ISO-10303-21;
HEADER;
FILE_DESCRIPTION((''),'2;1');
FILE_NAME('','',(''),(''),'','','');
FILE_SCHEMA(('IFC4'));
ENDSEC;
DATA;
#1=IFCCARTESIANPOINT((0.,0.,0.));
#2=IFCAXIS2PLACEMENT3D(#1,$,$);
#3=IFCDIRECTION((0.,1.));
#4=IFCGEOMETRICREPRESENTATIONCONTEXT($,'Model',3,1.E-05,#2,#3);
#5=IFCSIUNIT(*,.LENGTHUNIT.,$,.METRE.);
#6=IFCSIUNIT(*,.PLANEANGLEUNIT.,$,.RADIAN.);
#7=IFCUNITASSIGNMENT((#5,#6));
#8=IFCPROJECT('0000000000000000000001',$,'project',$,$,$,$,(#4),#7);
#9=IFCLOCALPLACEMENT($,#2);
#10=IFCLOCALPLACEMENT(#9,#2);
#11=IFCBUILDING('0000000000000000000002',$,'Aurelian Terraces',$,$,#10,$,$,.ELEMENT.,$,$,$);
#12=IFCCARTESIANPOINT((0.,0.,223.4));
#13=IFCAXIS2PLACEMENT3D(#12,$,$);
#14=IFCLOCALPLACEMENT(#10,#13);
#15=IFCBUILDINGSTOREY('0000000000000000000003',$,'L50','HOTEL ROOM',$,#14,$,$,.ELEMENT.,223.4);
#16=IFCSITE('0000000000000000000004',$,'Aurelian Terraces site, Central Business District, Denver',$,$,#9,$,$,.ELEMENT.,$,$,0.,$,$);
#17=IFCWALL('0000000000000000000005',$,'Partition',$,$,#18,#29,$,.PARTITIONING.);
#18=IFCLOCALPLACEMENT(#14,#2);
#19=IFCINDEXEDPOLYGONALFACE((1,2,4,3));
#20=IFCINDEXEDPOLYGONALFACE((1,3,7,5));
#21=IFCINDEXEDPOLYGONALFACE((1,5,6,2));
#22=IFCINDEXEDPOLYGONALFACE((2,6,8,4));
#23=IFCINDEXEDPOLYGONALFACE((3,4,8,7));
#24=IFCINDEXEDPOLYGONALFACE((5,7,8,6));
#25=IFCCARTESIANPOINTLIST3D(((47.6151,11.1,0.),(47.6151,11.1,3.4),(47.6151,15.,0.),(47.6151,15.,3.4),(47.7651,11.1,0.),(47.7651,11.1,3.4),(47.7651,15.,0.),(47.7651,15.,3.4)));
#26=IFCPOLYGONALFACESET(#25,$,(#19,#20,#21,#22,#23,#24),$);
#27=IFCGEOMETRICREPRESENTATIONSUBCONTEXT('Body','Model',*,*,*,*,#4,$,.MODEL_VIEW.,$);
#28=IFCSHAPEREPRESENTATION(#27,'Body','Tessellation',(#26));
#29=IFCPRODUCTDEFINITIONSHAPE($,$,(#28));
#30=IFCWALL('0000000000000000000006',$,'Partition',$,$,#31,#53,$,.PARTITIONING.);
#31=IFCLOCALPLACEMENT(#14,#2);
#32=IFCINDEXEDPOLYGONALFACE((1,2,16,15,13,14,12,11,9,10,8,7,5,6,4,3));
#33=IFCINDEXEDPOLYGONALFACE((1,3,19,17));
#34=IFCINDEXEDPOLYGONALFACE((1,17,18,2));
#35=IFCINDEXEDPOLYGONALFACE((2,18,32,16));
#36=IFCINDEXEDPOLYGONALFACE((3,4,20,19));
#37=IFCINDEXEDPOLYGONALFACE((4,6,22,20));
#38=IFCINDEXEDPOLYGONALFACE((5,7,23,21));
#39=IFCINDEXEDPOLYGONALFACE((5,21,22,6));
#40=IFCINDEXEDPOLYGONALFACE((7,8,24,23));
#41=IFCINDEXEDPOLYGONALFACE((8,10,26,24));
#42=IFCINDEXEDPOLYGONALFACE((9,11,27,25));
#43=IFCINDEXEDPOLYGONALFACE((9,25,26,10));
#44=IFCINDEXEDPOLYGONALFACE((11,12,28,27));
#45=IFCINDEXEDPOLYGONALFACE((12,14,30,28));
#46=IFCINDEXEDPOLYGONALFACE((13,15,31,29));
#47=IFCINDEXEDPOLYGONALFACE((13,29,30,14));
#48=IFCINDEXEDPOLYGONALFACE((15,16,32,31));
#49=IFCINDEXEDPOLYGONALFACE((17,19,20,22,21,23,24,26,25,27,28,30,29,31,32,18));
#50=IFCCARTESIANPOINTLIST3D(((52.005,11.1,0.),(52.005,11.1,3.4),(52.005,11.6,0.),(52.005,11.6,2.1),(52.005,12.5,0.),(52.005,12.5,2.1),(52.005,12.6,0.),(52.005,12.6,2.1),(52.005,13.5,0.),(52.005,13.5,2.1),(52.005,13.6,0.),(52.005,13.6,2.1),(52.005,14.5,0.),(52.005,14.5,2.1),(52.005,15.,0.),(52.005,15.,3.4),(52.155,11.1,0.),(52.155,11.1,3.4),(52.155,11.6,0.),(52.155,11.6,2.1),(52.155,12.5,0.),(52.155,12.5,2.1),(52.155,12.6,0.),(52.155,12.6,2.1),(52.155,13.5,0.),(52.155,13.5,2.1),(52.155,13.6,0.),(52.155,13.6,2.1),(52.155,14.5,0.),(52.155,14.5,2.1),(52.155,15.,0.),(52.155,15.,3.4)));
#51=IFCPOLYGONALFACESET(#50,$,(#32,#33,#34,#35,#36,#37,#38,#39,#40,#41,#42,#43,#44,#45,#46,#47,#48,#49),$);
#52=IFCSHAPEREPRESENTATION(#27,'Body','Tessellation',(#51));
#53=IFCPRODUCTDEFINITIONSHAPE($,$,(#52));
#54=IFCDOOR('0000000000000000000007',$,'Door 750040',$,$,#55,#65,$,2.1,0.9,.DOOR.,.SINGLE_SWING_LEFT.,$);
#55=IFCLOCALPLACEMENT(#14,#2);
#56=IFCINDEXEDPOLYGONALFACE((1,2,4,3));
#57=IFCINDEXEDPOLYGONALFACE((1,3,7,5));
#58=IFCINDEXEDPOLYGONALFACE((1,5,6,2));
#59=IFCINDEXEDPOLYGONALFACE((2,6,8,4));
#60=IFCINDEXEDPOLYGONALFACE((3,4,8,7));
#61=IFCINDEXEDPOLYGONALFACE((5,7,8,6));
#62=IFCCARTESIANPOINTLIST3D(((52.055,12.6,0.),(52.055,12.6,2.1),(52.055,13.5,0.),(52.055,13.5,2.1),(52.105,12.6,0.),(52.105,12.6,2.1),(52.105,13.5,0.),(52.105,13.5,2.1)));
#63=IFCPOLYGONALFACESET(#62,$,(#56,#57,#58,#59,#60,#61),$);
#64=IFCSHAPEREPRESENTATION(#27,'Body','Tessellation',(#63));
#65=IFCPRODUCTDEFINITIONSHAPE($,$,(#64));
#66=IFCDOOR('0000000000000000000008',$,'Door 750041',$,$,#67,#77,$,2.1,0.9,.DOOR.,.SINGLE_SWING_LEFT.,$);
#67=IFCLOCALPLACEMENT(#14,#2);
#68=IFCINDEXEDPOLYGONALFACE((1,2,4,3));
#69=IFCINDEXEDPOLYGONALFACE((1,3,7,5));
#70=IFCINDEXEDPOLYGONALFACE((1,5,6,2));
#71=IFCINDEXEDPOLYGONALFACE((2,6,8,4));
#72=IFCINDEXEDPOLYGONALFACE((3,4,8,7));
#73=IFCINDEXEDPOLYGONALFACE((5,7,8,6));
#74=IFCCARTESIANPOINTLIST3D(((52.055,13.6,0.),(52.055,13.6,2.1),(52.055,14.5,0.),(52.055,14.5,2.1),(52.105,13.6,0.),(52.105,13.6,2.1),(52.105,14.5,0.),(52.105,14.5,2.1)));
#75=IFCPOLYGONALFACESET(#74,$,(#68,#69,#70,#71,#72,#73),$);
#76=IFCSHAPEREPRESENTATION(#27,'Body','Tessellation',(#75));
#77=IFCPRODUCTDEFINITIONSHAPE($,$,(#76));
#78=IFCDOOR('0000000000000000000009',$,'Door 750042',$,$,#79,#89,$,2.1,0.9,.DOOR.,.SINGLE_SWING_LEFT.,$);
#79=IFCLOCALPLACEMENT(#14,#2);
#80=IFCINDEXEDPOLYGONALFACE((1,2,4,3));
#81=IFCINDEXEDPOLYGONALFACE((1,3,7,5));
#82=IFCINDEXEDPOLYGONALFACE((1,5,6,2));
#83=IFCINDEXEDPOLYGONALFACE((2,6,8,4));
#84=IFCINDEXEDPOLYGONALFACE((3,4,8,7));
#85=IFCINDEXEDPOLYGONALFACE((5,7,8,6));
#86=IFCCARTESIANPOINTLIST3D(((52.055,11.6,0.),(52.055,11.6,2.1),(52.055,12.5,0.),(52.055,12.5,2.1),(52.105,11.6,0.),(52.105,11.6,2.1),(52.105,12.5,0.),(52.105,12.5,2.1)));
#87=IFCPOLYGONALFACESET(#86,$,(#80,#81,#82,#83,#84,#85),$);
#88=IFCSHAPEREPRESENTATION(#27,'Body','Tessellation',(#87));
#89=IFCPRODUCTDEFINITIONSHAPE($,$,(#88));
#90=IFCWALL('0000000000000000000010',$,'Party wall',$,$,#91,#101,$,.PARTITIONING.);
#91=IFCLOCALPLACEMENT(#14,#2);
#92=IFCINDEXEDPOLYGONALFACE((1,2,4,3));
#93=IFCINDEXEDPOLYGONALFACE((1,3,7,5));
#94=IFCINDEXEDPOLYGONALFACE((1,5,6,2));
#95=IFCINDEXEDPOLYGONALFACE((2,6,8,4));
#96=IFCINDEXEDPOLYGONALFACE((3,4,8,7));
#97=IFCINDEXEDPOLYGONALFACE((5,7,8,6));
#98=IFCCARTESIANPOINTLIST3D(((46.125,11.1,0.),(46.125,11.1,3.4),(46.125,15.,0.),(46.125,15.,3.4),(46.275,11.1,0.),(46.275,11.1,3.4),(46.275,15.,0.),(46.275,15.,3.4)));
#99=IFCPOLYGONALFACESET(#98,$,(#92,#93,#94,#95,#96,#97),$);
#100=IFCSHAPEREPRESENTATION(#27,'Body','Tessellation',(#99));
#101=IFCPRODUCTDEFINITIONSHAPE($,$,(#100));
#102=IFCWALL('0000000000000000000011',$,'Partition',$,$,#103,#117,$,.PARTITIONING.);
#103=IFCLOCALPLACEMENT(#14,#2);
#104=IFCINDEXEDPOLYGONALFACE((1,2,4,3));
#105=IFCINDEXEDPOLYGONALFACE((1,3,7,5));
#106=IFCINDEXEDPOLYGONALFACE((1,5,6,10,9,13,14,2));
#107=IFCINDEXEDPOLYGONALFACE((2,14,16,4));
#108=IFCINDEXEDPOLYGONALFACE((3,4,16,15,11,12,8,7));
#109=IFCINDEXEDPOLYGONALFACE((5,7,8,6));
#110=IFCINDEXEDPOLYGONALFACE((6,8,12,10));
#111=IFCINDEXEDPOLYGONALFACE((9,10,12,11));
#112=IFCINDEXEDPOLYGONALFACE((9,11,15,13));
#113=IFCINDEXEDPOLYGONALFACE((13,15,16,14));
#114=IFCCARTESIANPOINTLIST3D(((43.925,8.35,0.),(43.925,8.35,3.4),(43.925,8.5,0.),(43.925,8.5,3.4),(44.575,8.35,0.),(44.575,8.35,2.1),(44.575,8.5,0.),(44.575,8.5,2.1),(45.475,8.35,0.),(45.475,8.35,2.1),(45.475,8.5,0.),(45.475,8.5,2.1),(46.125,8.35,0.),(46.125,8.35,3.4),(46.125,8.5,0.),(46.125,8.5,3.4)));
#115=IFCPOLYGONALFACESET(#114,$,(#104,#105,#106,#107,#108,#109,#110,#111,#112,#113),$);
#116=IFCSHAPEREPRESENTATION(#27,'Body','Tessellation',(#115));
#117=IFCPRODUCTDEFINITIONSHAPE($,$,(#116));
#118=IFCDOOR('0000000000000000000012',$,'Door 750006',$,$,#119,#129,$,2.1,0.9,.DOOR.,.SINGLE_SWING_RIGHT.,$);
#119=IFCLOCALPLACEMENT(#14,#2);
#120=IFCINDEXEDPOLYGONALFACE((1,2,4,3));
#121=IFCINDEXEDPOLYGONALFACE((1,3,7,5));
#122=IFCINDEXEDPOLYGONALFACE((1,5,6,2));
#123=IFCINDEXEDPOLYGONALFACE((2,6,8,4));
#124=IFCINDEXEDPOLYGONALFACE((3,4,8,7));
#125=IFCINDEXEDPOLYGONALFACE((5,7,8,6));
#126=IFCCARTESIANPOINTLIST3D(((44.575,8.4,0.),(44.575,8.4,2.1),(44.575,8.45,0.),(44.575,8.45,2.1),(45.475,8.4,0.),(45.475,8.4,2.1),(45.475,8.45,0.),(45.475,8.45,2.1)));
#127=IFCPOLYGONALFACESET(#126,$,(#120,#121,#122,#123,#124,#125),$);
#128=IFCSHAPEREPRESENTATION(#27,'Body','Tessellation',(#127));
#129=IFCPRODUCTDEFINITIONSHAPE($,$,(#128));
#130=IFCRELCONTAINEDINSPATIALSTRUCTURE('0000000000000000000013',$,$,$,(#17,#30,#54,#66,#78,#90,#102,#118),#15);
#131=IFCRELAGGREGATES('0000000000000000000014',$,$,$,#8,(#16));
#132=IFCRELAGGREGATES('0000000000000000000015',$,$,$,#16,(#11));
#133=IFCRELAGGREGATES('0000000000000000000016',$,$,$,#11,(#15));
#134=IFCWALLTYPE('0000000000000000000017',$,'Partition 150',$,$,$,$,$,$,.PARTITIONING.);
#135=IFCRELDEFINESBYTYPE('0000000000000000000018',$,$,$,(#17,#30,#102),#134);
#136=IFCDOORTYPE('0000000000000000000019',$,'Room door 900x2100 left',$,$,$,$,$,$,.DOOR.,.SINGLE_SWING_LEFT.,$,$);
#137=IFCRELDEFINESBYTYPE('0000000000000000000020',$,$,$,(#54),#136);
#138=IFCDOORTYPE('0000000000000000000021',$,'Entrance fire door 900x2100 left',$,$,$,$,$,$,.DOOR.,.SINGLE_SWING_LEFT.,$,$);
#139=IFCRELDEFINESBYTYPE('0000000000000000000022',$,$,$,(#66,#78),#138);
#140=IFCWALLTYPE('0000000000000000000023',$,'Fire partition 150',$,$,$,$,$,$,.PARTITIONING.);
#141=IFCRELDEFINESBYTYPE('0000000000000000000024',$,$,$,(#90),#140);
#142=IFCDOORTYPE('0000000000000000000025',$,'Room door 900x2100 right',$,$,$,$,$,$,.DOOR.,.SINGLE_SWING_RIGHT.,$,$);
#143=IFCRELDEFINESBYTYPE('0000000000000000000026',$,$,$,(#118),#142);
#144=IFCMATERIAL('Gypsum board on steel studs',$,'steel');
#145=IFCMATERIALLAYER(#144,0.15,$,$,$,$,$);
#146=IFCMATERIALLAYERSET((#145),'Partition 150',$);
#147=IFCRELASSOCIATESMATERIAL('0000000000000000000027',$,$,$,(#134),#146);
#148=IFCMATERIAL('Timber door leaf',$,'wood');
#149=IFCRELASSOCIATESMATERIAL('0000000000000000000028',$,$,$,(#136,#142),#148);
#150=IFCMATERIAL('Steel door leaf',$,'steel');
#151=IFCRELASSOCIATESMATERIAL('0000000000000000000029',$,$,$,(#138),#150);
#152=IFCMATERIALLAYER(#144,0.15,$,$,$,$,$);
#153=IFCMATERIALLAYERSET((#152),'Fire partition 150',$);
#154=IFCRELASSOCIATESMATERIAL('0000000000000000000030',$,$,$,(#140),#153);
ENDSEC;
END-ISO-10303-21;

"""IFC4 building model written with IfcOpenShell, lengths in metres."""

from ifc_helpers import new_model, si_unit, direction, frame, frame_2d, origin, place, context, subcontext, project, spatial, rectangle, extrude, source, transform, mapped, material, layer, layer_set, type_object, element, fill, save


model = new_model("IFC4")

# Units and contexts
model_context = context("Model", 3, precision=1e-05, world=origin(), true_north=direction((0.0, 1.0)))
body_context = subcontext(model_context, "Body", "Model", "MODEL_VIEW")
ifc_project = project(units=[si_unit("LENGTHUNIT", "METRE"), si_unit("PLANEANGLEUNIT", "RADIAN")], contexts=[model_context])

# Site, building, storey
site_placement = place(None, origin())
site = spatial("IfcSite", under=ifc_project, at=site_placement, Name="Aurelian Terraces site, Central Business District, Denver", CompositionType="ELEMENT", RefElevation=0.0)
building_placement = place(site_placement, origin())
building = spatial("IfcBuilding", under=site, at=building_placement, Name="Aurelian Terraces", CompositionType="ELEMENT")
storey_placement = place(building_placement, frame((0.0, 0.0, 223.4)))
storey = spatial("IfcBuildingStorey", under=building, at=storey_placement, Name="L50", Description="HOTEL ROOM", CompositionType="ELEMENT", Elevation=223.4)

# Wall
ifc_material_1 = material(Name="Gypsum board on steel studs", Category="steel")
ifc_layer_1 = layer(ifc_material_1, 0.15)
ifc_layer_set_1 = layer_set([ifc_layer_1], Name="Partition 150")
wall_type_1 = type_object("IfcWallType", Name="Partition 150", PredefinedType="PARTITIONING", material=ifc_layer_set_1)
shared_shape_1 = source(origin(), body_context, "Body", "SweptSolid", [
    extrude(rectangle(XDim=3.9, YDim=0.15, at=frame_2d((1.95, 0.0))), origin(), (0.0, 0.0, 1.0), 3.4),
])
wall_1_placement = place(storey_placement, frame((47.6901, 11.1, 0.0), z_axis=(0.0, 0.0, 1.0), x_axis=(0.0, 1.0, 0.0)))
element("IfcWall", 1, at=wall_1_placement, inside=storey, type_object=wall_type_1, Name="Partition", PredefinedType="PARTITIONING", context=body_context, shape_type="MappedRepresentation", body=[
    mapped(shared_shape_1, transform((0.0, 0.0, 0.0), scale=1.0)),
])

# Wall, openings, doors
wall_2_placement = place(storey_placement, frame((52.08, 11.1, 0.0), z_axis=(0.0, 0.0, 1.0), x_axis=(0.0, 1.0, 0.0)))
wall_2 = element("IfcWall", 2, at=wall_2_placement, inside=storey, type_object=wall_type_1, Name="Partition", PredefinedType="PARTITIONING", context=body_context, shape_type="MappedRepresentation", body=[
    mapped(shared_shape_1, transform((0.0, 0.0, 0.0), scale=1.0)),
])
shared_shape_2 = source(origin(), body_context, "Body", "SweptSolid", [
    extrude(rectangle(XDim=0.9, YDim=2.1, at=frame_2d((0.45, 1.05))), frame((0.0, 0.085, 0.0), z_axis=(0.0, -1.0, 0.0), x_axis=(1.0, 0.0, 0.0)), (0.0, 0.0, 1.0), 0.17),
])
opening_1_placement = place(wall_2_placement, frame((1.5, 0.0, 0.0)))
opening_1 = element("IfcOpeningElement", 3, at=opening_1_placement, cuts=wall_2, PredefinedType="OPENING", context=body_context, shape_type="MappedRepresentation", body=[
    mapped(shared_shape_2, transform((0.0, 0.0, 0.0), scale=1.0)),
])
opening_2_placement = place(wall_2_placement, frame((2.5, 0.0, 0.0)))
opening_2 = element("IfcOpeningElement", 4, at=opening_2_placement, cuts=wall_2, PredefinedType="OPENING", context=body_context, shape_type="MappedRepresentation", body=[
    mapped(shared_shape_2, transform((0.0, 0.0, 0.0), scale=1.0)),
])
opening_3_placement = place(wall_2_placement, frame((0.5, 0.0, 0.0)))
opening_3 = element("IfcOpeningElement", 5, at=opening_3_placement, cuts=wall_2, PredefinedType="OPENING", context=body_context, shape_type="MappedRepresentation", body=[
    mapped(shared_shape_2, transform((0.0, 0.0, 0.0), scale=1.0)),
])
ifc_material_2 = material(Name="Timber door leaf", Category="wood")
door_type_1 = type_object("IfcDoorType", Name="Room door 900x2100 left", OperationType="SINGLE_SWING_LEFT", PredefinedType="DOOR", material=ifc_material_2)
shared_shape_3 = source(origin(), body_context, "Body", "SweptSolid", [
    extrude(rectangle(XDim=0.9, YDim=2.1, at=frame_2d((0.45, 1.05))), frame((0.0, 0.025, 0.0), z_axis=(0.0, -1.0, 0.0), x_axis=(1.0, 0.0, 0.0)), (0.0, 0.0, 1.0), 0.05),
])
door_1_placement = place(opening_1_placement, origin())
door_1 = element("IfcDoor", 6, at=door_1_placement, inside=storey, type_object=door_type_1, Name="Door 750040", OperationType="SINGLE_SWING_LEFT", OverallHeight=2.1, OverallWidth=0.9, PredefinedType="DOOR", context=body_context, shape_type="MappedRepresentation", body=[
    mapped(shared_shape_3, transform((0.0, 0.0, 0.0), scale=1.0)),
])
fill(opening_1, door_1)
ifc_material_3 = material(Name="Steel door leaf", Category="steel")
door_type_2 = type_object("IfcDoorType", Name="Entrance fire door 900x2100 left", OperationType="SINGLE_SWING_LEFT", PredefinedType="DOOR", material=ifc_material_3)
door_2_placement = place(opening_2_placement, origin())
door_2 = element("IfcDoor", 7, at=door_2_placement, inside=storey, type_object=door_type_2, Name="Door 750041", OperationType="SINGLE_SWING_LEFT", OverallHeight=2.1, OverallWidth=0.9, PredefinedType="DOOR", context=body_context, shape_type="MappedRepresentation", body=[
    mapped(shared_shape_3, transform((0.0, 0.0, 0.0), scale=1.0)),
])
fill(opening_2, door_2)
door_3_placement = place(opening_3_placement, origin())
door_3 = element("IfcDoor", 8, at=door_3_placement, inside=storey, type_object=door_type_2, Name="Door 750042", OperationType="SINGLE_SWING_LEFT", OverallHeight=2.1, OverallWidth=0.9, PredefinedType="DOOR", context=body_context, shape_type="MappedRepresentation", body=[
    mapped(shared_shape_3, transform((0.0, 0.0, 0.0), scale=1.0)),
])
fill(opening_3, door_3)

# Wall
ifc_layer_2 = layer(ifc_material_1, 0.15)
ifc_layer_set_2 = layer_set([ifc_layer_2], Name="Fire partition 150")
wall_type_2 = type_object("IfcWallType", Name="Fire partition 150", PredefinedType="PARTITIONING", material=ifc_layer_set_2)
wall_3_placement = place(storey_placement, frame((46.2, 11.1, 0.0), z_axis=(0.0, 0.0, 1.0), x_axis=(0.0, 1.0, 0.0)))
element("IfcWall", 9, at=wall_3_placement, inside=storey, type_object=wall_type_2, Name="Party wall", PredefinedType="PARTITIONING", context=body_context, shape_type="MappedRepresentation", body=[
    mapped(shared_shape_1, transform((0.0, 0.0, 0.0), scale=1.0)),
])

# Wall, opening, door
shared_shape_4 = source(origin(), body_context, "Body", "SweptSolid", [
    extrude(rectangle(XDim=2.2, YDim=0.15, at=frame_2d((1.1, 0.0))), origin(), (0.0, 0.0, 1.0), 3.4),
])
wall_4_placement = place(storey_placement, frame((46.125, 8.425, 0.0), z_axis=(0.0, 0.0, 1.0), x_axis=(-1.0, 0.0, 0.0)))
wall_4 = element("IfcWall", 10, at=wall_4_placement, inside=storey, type_object=wall_type_1, Name="Partition", PredefinedType="PARTITIONING", context=body_context, shape_type="MappedRepresentation", body=[
    mapped(shared_shape_4, transform((0.0, 0.0, 0.0), scale=1.0)),
])
opening_4_placement = place(wall_4_placement, frame((0.65, 0.0, 0.0)))
opening_4 = element("IfcOpeningElement", 11, at=opening_4_placement, cuts=wall_4, PredefinedType="OPENING", context=body_context, shape_type="MappedRepresentation", body=[
    mapped(shared_shape_2, transform((0.0, 0.0, 0.0), scale=1.0)),
])
door_type_3 = type_object("IfcDoorType", Name="Room door 900x2100 right", OperationType="SINGLE_SWING_RIGHT", PredefinedType="DOOR", material=ifc_material_2)
door_4_placement = place(opening_4_placement, origin())
door_4 = element("IfcDoor", 12, at=door_4_placement, inside=storey, type_object=door_type_3, Name="Door 750006", OperationType="SINGLE_SWING_RIGHT", OverallHeight=2.1, OverallWidth=0.9, PredefinedType="DOOR", context=body_context, shape_type="MappedRepresentation", body=[
    mapped(shared_shape_3, transform((0.0, 0.0, 0.0), scale=1.0)),
])
fill(opening_4, door_4)

save(model, "model.ifc")
